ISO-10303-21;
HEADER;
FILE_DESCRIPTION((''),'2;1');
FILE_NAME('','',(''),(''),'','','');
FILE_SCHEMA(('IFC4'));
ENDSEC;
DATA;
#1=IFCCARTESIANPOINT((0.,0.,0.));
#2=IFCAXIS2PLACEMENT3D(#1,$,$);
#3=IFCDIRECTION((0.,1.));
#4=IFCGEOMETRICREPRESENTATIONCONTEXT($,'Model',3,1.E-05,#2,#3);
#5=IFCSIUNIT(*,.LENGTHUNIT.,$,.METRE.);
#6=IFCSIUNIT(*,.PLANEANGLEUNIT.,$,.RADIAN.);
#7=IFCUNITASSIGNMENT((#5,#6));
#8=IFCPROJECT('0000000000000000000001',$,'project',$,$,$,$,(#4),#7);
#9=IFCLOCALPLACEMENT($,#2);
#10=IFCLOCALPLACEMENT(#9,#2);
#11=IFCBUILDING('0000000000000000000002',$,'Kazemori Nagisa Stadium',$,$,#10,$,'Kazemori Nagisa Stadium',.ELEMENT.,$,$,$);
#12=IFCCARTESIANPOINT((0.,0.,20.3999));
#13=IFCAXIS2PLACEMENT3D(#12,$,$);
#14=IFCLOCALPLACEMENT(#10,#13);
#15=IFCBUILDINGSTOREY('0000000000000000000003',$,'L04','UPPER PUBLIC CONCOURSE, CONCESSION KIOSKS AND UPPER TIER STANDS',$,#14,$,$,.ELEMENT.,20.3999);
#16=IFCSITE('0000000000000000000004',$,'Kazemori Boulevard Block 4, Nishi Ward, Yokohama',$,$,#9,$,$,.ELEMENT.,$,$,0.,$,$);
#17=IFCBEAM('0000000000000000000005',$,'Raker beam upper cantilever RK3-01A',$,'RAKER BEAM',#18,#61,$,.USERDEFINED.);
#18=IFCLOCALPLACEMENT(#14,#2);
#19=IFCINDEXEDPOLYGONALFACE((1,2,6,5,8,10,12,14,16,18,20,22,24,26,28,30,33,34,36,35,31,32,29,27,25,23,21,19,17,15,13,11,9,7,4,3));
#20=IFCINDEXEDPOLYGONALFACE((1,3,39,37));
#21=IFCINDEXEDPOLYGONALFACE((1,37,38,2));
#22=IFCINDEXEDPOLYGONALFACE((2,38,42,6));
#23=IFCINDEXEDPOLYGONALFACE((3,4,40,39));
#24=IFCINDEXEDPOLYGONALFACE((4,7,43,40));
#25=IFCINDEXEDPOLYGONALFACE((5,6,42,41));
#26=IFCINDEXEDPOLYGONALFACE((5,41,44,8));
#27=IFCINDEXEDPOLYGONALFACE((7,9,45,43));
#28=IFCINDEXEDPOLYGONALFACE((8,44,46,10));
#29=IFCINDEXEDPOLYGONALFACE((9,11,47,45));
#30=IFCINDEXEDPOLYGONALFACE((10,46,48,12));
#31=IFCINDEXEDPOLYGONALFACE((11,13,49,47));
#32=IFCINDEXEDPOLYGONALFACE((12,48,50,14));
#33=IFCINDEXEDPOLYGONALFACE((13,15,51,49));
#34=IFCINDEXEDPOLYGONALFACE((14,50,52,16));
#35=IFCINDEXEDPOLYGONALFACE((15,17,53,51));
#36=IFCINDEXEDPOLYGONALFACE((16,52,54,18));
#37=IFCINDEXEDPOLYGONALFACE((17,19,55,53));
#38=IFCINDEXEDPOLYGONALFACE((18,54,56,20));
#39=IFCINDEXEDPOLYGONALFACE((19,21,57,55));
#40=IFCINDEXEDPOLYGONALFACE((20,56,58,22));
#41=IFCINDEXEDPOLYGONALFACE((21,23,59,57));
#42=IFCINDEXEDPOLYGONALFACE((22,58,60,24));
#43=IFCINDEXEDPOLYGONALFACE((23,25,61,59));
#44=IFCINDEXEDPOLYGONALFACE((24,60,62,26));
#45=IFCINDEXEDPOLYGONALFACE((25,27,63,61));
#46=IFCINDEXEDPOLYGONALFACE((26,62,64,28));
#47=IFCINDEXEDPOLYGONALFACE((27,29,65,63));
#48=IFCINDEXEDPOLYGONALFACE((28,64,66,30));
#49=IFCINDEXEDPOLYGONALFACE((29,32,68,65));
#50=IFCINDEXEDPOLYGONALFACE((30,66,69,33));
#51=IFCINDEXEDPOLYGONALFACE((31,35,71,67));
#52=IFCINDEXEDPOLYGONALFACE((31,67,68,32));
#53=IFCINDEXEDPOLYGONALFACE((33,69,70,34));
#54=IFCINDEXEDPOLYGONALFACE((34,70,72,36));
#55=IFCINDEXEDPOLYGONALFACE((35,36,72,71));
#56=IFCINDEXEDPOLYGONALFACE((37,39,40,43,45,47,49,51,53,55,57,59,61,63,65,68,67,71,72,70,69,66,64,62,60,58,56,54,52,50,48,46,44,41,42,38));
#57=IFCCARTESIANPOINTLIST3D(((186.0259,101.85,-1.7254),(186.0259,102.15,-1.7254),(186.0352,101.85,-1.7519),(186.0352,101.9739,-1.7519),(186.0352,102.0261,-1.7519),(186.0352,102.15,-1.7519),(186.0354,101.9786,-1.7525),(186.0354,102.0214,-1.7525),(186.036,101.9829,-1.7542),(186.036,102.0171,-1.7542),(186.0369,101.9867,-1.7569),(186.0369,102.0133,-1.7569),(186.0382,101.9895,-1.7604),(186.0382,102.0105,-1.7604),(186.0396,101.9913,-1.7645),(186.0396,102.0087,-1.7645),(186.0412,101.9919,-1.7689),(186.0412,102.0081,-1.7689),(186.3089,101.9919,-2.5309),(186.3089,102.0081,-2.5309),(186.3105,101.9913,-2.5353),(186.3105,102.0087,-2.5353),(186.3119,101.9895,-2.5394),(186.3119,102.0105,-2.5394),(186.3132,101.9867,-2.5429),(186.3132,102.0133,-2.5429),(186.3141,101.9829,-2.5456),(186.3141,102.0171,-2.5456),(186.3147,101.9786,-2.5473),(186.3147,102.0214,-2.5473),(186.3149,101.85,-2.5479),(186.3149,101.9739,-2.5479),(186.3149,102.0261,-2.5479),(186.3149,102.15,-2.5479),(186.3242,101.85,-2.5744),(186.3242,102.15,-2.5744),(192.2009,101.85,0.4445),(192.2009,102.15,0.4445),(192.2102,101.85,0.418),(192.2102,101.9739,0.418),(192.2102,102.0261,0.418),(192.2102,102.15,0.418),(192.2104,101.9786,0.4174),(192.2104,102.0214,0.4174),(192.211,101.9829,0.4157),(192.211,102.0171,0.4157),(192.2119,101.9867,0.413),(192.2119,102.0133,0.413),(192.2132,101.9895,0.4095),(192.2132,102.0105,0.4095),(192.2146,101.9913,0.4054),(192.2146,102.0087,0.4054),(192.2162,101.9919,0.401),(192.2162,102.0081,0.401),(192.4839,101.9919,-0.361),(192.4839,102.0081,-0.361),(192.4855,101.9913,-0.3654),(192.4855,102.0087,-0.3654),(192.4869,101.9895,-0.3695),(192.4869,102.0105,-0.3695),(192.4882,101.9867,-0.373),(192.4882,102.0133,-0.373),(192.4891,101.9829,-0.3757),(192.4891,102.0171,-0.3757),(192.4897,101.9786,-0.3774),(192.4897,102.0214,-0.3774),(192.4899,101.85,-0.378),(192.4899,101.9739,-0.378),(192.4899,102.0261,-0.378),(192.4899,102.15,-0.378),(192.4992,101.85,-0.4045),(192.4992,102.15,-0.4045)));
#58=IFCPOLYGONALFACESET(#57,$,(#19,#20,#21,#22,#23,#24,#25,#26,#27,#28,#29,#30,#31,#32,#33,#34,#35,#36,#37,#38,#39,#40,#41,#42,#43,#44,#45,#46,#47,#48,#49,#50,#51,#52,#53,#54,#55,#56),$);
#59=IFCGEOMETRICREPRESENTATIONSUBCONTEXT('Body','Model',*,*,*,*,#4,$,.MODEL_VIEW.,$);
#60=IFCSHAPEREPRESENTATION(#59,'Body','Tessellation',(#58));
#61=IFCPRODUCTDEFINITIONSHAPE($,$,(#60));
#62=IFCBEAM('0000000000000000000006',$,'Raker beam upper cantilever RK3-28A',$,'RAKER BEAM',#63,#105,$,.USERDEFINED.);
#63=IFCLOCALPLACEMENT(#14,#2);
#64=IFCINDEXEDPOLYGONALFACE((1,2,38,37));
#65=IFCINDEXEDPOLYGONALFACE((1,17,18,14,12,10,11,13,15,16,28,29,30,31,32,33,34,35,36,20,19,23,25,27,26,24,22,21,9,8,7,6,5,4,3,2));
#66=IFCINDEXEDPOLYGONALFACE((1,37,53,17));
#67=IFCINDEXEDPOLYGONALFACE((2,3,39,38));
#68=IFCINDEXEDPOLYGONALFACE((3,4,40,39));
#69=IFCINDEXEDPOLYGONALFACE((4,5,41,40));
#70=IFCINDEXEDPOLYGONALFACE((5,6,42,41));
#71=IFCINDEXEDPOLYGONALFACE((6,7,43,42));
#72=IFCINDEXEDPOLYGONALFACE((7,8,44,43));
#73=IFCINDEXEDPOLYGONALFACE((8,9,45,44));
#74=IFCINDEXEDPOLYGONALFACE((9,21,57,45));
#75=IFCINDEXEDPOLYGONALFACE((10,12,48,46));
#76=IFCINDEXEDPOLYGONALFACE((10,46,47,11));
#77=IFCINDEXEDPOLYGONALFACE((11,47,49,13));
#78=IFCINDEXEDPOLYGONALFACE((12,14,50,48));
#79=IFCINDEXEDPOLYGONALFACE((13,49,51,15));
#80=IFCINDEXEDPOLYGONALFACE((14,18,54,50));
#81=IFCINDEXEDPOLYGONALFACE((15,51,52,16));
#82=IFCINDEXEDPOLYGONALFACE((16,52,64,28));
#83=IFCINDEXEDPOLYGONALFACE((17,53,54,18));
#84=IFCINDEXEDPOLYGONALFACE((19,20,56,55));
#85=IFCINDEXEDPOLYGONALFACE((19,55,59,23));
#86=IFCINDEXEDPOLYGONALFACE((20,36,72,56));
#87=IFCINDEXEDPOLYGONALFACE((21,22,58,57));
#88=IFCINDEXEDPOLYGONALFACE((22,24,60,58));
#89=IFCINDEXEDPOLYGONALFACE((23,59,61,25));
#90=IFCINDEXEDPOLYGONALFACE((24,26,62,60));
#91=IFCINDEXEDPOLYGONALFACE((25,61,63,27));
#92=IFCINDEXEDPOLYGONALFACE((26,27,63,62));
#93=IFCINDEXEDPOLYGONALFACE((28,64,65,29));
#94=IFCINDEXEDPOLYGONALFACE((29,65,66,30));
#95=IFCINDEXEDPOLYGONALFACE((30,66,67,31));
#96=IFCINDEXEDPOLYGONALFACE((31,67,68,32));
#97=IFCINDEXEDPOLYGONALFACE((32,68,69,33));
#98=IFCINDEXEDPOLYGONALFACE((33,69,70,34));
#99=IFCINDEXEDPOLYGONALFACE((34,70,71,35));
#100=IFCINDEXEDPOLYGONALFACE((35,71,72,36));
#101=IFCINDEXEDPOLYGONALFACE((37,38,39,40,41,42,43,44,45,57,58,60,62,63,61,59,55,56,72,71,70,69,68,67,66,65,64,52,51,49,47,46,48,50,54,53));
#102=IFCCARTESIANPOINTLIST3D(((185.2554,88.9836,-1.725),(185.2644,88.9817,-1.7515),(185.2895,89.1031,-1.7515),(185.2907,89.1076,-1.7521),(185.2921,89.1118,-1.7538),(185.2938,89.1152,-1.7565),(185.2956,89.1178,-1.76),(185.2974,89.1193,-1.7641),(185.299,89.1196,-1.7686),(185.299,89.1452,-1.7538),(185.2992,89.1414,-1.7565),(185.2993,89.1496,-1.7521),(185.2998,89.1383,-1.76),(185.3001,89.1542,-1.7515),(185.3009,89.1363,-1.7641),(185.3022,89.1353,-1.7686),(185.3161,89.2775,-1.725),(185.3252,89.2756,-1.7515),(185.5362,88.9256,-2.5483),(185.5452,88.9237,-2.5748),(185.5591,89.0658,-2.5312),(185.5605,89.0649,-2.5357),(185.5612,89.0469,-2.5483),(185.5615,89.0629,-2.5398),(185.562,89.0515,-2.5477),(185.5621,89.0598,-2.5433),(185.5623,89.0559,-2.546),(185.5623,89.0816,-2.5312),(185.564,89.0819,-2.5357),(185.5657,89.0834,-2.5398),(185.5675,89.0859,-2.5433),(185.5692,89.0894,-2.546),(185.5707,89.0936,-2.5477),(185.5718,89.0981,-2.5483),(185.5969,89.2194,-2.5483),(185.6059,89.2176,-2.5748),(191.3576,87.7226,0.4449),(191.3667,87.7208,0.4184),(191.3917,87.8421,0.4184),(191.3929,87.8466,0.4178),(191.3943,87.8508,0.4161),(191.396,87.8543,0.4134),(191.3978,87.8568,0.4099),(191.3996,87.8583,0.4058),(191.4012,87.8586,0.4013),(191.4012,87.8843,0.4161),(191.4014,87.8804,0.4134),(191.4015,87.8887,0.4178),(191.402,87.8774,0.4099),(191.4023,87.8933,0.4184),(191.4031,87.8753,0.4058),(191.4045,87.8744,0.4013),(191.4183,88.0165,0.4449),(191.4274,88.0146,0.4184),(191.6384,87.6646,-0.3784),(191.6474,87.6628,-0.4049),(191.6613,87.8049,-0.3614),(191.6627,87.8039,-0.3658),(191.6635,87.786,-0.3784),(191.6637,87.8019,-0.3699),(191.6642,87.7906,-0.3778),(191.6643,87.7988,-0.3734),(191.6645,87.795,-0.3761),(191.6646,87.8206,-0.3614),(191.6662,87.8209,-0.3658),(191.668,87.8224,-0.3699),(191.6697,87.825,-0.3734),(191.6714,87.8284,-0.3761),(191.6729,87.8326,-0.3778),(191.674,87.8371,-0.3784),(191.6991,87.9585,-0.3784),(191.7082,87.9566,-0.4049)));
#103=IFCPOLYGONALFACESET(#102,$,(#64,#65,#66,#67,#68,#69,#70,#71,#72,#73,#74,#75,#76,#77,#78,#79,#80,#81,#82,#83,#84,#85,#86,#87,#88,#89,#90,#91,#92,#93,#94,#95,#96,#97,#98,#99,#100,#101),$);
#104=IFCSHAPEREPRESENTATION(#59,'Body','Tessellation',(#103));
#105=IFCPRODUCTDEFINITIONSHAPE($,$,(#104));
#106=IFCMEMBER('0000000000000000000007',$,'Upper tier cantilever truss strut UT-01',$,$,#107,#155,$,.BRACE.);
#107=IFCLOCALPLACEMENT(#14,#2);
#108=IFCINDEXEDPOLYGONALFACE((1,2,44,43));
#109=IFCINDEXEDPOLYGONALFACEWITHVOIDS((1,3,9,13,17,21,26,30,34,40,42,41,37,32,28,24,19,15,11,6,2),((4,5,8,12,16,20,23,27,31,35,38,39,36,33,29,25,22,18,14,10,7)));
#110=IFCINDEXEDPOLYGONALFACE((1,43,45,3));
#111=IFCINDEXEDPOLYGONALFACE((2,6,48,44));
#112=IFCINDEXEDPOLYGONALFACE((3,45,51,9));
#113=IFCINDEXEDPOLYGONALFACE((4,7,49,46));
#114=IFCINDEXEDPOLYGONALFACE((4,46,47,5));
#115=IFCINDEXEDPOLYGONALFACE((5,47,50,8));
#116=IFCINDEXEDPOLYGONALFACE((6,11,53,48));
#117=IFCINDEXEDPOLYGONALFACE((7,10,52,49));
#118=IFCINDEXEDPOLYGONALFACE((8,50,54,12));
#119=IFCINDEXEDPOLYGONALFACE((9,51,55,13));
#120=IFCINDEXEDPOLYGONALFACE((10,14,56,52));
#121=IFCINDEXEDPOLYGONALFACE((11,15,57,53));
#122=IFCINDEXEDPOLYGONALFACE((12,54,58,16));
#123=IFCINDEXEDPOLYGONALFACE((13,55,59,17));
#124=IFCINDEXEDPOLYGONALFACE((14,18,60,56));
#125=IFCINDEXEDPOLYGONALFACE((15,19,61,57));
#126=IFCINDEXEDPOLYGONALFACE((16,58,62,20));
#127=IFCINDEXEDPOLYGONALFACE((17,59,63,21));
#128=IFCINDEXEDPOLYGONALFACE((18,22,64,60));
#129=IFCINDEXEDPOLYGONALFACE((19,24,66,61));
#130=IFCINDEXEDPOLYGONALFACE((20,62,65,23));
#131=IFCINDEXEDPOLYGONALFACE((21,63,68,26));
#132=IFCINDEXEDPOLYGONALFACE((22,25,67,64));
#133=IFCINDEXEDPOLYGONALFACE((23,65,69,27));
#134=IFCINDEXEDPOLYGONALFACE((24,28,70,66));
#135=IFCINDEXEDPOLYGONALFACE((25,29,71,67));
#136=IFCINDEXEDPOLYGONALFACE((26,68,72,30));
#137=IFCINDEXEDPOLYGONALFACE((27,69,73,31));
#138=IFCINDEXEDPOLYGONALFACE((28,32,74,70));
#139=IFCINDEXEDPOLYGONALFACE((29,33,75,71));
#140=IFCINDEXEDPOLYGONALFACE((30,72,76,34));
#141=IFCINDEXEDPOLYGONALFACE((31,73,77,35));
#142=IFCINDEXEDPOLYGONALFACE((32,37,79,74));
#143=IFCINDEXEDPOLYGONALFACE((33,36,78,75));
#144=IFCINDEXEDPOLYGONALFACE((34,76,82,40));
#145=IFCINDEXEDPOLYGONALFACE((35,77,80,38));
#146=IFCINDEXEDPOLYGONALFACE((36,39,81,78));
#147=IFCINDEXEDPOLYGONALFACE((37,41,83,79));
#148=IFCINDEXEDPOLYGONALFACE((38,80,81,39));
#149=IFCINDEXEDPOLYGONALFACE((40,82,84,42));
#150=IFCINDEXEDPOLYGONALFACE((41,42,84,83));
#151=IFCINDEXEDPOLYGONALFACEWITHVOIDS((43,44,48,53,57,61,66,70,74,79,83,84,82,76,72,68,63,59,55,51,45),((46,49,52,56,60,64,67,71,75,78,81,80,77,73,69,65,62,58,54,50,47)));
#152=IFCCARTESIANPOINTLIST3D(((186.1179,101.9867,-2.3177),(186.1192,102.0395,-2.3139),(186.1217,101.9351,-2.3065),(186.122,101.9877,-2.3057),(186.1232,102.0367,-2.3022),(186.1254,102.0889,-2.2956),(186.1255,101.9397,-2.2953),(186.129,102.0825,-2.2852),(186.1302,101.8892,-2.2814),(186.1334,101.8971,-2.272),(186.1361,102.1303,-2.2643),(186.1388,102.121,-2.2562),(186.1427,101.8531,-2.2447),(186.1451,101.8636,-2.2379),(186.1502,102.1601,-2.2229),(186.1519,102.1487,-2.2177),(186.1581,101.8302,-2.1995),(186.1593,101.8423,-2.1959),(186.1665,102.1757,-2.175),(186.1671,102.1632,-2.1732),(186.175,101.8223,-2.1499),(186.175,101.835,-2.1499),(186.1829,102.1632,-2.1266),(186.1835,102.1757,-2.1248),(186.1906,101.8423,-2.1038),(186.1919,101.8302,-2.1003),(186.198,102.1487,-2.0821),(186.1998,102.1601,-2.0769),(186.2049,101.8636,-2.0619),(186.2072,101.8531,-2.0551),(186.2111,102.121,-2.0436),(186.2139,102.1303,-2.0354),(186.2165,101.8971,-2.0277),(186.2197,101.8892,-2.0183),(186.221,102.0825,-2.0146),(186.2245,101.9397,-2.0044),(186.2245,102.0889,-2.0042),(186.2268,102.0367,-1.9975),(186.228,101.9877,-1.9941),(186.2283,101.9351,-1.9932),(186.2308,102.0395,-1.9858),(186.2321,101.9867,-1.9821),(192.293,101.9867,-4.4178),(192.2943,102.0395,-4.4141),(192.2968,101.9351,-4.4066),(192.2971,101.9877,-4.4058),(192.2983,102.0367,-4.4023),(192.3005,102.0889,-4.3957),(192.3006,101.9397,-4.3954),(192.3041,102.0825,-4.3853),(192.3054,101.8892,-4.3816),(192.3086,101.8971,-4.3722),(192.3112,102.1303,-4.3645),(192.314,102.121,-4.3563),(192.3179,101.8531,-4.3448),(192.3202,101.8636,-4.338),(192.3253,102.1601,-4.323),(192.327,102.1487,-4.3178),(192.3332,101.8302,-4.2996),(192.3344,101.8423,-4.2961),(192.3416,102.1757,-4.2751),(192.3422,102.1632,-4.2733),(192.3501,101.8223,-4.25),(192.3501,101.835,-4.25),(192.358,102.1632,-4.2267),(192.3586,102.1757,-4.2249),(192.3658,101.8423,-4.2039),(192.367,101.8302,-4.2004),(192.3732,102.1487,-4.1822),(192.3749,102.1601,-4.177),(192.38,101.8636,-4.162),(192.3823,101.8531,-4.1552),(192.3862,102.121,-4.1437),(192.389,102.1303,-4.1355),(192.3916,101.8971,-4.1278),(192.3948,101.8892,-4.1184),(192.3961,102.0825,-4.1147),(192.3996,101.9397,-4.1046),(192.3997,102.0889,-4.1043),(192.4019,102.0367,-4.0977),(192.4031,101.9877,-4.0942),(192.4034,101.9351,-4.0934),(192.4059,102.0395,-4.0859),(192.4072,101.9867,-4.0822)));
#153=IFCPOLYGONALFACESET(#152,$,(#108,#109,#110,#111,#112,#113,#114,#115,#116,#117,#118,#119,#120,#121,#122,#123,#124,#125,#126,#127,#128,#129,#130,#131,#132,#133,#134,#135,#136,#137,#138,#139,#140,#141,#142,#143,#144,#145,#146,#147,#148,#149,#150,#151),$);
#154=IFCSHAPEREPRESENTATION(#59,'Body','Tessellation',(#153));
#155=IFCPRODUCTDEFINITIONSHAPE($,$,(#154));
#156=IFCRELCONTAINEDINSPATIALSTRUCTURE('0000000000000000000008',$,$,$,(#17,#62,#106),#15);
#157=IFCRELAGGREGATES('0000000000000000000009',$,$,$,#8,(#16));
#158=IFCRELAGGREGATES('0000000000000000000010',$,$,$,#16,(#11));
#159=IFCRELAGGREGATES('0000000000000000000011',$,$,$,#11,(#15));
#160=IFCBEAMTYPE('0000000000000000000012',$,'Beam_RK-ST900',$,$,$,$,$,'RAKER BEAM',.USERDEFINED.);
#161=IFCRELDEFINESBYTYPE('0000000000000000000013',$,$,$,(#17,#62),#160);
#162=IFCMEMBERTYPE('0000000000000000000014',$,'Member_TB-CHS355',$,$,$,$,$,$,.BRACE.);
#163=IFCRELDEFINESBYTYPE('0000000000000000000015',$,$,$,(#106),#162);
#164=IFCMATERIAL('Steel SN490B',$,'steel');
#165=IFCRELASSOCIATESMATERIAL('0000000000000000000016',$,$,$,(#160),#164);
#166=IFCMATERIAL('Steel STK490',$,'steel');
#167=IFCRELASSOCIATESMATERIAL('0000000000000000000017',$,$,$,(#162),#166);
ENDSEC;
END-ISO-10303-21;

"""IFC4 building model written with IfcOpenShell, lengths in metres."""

from ifc_helpers import new_model, si_unit, direction, frame, origin, origin_2d, place, context, subcontext, project, spatial, hollow_circle, i_section, extrude, material, material_profile, profile_set, type_object, element, save


model = new_model("IFC4")

# Units and contexts
model_context = context("Model", 3, precision=1e-05, world=origin(), true_north=direction((0.0, 1.0)))
body_context = subcontext(model_context, "Body", "Model", "MODEL_VIEW")
ifc_project = project(units=[si_unit("LENGTHUNIT", "METRE"), si_unit("PLANEANGLEUNIT", "RADIAN")], contexts=[model_context])

# Site, building, storey
site_placement = place(None, origin())
site = spatial("IfcSite", under=ifc_project, at=site_placement, Name="Kazemori Boulevard Block 4, Nishi Ward, Yokohama", CompositionType="ELEMENT", RefElevation=0.0)
building_placement = place(site_placement, origin())
building = spatial("IfcBuilding", under=site, at=building_placement, Name="Kazemori Nagisa Stadium", LongName="Kazemori Nagisa Stadium", CompositionType="ELEMENT")
storey_placement = place(building_placement, frame((0.0, 0.0, 20.3999)))
storey = spatial("IfcBuildingStorey", under=building, at=storey_placement, Name="L04", Description="UPPER PUBLIC CONCOURSE, CONCESSION KIOSKS AND UPPER TIER STANDS", CompositionType="ELEMENT", Elevation=20.3999)

# Beams
ifc_material_1 = material(Name="Steel SN490B", Category="steel")
ifc_material_profile_1 = material_profile(ifc_material_1, i_section(OverallWidth=0.3, OverallDepth=0.8999, WebThickness=0.0161, FlangeThickness=0.0281, FilletRadius=0.0181, at=origin_2d()), Name="H-900x300x16x28")
ifc_profile_set_1 = profile_set([ifc_material_profile_1], Name="Steel SN490B")
beam_type_1 = type_object("IfcBeamType", Name="Beam_RK-ST900", ElementType="RAKER BEAM", PredefinedType="USERDEFINED", material=ifc_profile_set_1)
beam_1_placement = place(storey_placement, frame((186.175, 102.0, -2.1499), z_axis=(0.943445, 0.0, 0.331528), x_axis=(0.0, 1.0, 0.0)))
element("IfcBeam", 1, at=beam_1_placement, inside=storey, type_object=beam_type_1, Name="Raker beam upper cantilever RK3-01A", ObjectType="RAKER BEAM", PredefinedType="USERDEFINED", context=body_context, shape_type="SweptSolid", body=[
    extrude(i_section(OverallWidth=0.3, OverallDepth=0.8999, WebThickness=0.0161, FlangeThickness=0.0281, FilletRadius=0.0181, at=origin_2d()), origin(), (0.0, 0.0, 1.0), 6.5452),
])
beam_2_placement = place(storey_placement, frame((185.4307, 89.1006, -2.1499), z_axis=(0.924838, -0.19111, 0.328864), x_axis=(0.202366, 0.97931, 0.0)))
element("IfcBeam", 2, at=beam_2_placement, inside=storey, type_object=beam_type_1, Name="Raker beam upper cantilever RK3-28A", ObjectType="RAKER BEAM", PredefinedType="USERDEFINED", context=body_context, shape_type="SweptSolid", body=[
    extrude(i_section(OverallWidth=0.3, OverallDepth=0.8999, WebThickness=0.0161, FlangeThickness=0.0281, FilletRadius=0.0181, at=origin_2d()), origin(), (0.0, 0.0, 1.0), 6.5981),
])

# Member
ifc_material_2 = material(Name="Steel STK490", Category="steel")
ifc_material_profile_2 = material_profile(ifc_material_2, hollow_circle(Radius=0.1777, WallThickness=0.0127, at=origin_2d()), Name="CHS-355.6x12.7")
ifc_profile_set_2 = profile_set([ifc_material_profile_2], Name="Steel STK490")
member_type = type_object("IfcMemberType", Name="Member_TB-CHS355", PredefinedType="BRACE", material=ifc_profile_set_2)
member_placement = place(storey_placement, frame((192.3501, 102.0, -4.25), z_axis=(-0.946746, 0.0, 0.321983), x_axis=(0.0, -1.0, 0.0)))
element("IfcMember", 3, at=member_placement, inside=storey, type_object=member_type, Name="Upper tier cantilever truss strut UT-01", PredefinedType="BRACE", context=body_context, shape_type="SweptSolid", body=[
    extrude(hollow_circle(Radius=0.1777, WallThickness=0.0127, at=origin_2d()), origin(), (0.0, 0.0, 1.0), 6.5225),
])

save(model, "model.ifc")
